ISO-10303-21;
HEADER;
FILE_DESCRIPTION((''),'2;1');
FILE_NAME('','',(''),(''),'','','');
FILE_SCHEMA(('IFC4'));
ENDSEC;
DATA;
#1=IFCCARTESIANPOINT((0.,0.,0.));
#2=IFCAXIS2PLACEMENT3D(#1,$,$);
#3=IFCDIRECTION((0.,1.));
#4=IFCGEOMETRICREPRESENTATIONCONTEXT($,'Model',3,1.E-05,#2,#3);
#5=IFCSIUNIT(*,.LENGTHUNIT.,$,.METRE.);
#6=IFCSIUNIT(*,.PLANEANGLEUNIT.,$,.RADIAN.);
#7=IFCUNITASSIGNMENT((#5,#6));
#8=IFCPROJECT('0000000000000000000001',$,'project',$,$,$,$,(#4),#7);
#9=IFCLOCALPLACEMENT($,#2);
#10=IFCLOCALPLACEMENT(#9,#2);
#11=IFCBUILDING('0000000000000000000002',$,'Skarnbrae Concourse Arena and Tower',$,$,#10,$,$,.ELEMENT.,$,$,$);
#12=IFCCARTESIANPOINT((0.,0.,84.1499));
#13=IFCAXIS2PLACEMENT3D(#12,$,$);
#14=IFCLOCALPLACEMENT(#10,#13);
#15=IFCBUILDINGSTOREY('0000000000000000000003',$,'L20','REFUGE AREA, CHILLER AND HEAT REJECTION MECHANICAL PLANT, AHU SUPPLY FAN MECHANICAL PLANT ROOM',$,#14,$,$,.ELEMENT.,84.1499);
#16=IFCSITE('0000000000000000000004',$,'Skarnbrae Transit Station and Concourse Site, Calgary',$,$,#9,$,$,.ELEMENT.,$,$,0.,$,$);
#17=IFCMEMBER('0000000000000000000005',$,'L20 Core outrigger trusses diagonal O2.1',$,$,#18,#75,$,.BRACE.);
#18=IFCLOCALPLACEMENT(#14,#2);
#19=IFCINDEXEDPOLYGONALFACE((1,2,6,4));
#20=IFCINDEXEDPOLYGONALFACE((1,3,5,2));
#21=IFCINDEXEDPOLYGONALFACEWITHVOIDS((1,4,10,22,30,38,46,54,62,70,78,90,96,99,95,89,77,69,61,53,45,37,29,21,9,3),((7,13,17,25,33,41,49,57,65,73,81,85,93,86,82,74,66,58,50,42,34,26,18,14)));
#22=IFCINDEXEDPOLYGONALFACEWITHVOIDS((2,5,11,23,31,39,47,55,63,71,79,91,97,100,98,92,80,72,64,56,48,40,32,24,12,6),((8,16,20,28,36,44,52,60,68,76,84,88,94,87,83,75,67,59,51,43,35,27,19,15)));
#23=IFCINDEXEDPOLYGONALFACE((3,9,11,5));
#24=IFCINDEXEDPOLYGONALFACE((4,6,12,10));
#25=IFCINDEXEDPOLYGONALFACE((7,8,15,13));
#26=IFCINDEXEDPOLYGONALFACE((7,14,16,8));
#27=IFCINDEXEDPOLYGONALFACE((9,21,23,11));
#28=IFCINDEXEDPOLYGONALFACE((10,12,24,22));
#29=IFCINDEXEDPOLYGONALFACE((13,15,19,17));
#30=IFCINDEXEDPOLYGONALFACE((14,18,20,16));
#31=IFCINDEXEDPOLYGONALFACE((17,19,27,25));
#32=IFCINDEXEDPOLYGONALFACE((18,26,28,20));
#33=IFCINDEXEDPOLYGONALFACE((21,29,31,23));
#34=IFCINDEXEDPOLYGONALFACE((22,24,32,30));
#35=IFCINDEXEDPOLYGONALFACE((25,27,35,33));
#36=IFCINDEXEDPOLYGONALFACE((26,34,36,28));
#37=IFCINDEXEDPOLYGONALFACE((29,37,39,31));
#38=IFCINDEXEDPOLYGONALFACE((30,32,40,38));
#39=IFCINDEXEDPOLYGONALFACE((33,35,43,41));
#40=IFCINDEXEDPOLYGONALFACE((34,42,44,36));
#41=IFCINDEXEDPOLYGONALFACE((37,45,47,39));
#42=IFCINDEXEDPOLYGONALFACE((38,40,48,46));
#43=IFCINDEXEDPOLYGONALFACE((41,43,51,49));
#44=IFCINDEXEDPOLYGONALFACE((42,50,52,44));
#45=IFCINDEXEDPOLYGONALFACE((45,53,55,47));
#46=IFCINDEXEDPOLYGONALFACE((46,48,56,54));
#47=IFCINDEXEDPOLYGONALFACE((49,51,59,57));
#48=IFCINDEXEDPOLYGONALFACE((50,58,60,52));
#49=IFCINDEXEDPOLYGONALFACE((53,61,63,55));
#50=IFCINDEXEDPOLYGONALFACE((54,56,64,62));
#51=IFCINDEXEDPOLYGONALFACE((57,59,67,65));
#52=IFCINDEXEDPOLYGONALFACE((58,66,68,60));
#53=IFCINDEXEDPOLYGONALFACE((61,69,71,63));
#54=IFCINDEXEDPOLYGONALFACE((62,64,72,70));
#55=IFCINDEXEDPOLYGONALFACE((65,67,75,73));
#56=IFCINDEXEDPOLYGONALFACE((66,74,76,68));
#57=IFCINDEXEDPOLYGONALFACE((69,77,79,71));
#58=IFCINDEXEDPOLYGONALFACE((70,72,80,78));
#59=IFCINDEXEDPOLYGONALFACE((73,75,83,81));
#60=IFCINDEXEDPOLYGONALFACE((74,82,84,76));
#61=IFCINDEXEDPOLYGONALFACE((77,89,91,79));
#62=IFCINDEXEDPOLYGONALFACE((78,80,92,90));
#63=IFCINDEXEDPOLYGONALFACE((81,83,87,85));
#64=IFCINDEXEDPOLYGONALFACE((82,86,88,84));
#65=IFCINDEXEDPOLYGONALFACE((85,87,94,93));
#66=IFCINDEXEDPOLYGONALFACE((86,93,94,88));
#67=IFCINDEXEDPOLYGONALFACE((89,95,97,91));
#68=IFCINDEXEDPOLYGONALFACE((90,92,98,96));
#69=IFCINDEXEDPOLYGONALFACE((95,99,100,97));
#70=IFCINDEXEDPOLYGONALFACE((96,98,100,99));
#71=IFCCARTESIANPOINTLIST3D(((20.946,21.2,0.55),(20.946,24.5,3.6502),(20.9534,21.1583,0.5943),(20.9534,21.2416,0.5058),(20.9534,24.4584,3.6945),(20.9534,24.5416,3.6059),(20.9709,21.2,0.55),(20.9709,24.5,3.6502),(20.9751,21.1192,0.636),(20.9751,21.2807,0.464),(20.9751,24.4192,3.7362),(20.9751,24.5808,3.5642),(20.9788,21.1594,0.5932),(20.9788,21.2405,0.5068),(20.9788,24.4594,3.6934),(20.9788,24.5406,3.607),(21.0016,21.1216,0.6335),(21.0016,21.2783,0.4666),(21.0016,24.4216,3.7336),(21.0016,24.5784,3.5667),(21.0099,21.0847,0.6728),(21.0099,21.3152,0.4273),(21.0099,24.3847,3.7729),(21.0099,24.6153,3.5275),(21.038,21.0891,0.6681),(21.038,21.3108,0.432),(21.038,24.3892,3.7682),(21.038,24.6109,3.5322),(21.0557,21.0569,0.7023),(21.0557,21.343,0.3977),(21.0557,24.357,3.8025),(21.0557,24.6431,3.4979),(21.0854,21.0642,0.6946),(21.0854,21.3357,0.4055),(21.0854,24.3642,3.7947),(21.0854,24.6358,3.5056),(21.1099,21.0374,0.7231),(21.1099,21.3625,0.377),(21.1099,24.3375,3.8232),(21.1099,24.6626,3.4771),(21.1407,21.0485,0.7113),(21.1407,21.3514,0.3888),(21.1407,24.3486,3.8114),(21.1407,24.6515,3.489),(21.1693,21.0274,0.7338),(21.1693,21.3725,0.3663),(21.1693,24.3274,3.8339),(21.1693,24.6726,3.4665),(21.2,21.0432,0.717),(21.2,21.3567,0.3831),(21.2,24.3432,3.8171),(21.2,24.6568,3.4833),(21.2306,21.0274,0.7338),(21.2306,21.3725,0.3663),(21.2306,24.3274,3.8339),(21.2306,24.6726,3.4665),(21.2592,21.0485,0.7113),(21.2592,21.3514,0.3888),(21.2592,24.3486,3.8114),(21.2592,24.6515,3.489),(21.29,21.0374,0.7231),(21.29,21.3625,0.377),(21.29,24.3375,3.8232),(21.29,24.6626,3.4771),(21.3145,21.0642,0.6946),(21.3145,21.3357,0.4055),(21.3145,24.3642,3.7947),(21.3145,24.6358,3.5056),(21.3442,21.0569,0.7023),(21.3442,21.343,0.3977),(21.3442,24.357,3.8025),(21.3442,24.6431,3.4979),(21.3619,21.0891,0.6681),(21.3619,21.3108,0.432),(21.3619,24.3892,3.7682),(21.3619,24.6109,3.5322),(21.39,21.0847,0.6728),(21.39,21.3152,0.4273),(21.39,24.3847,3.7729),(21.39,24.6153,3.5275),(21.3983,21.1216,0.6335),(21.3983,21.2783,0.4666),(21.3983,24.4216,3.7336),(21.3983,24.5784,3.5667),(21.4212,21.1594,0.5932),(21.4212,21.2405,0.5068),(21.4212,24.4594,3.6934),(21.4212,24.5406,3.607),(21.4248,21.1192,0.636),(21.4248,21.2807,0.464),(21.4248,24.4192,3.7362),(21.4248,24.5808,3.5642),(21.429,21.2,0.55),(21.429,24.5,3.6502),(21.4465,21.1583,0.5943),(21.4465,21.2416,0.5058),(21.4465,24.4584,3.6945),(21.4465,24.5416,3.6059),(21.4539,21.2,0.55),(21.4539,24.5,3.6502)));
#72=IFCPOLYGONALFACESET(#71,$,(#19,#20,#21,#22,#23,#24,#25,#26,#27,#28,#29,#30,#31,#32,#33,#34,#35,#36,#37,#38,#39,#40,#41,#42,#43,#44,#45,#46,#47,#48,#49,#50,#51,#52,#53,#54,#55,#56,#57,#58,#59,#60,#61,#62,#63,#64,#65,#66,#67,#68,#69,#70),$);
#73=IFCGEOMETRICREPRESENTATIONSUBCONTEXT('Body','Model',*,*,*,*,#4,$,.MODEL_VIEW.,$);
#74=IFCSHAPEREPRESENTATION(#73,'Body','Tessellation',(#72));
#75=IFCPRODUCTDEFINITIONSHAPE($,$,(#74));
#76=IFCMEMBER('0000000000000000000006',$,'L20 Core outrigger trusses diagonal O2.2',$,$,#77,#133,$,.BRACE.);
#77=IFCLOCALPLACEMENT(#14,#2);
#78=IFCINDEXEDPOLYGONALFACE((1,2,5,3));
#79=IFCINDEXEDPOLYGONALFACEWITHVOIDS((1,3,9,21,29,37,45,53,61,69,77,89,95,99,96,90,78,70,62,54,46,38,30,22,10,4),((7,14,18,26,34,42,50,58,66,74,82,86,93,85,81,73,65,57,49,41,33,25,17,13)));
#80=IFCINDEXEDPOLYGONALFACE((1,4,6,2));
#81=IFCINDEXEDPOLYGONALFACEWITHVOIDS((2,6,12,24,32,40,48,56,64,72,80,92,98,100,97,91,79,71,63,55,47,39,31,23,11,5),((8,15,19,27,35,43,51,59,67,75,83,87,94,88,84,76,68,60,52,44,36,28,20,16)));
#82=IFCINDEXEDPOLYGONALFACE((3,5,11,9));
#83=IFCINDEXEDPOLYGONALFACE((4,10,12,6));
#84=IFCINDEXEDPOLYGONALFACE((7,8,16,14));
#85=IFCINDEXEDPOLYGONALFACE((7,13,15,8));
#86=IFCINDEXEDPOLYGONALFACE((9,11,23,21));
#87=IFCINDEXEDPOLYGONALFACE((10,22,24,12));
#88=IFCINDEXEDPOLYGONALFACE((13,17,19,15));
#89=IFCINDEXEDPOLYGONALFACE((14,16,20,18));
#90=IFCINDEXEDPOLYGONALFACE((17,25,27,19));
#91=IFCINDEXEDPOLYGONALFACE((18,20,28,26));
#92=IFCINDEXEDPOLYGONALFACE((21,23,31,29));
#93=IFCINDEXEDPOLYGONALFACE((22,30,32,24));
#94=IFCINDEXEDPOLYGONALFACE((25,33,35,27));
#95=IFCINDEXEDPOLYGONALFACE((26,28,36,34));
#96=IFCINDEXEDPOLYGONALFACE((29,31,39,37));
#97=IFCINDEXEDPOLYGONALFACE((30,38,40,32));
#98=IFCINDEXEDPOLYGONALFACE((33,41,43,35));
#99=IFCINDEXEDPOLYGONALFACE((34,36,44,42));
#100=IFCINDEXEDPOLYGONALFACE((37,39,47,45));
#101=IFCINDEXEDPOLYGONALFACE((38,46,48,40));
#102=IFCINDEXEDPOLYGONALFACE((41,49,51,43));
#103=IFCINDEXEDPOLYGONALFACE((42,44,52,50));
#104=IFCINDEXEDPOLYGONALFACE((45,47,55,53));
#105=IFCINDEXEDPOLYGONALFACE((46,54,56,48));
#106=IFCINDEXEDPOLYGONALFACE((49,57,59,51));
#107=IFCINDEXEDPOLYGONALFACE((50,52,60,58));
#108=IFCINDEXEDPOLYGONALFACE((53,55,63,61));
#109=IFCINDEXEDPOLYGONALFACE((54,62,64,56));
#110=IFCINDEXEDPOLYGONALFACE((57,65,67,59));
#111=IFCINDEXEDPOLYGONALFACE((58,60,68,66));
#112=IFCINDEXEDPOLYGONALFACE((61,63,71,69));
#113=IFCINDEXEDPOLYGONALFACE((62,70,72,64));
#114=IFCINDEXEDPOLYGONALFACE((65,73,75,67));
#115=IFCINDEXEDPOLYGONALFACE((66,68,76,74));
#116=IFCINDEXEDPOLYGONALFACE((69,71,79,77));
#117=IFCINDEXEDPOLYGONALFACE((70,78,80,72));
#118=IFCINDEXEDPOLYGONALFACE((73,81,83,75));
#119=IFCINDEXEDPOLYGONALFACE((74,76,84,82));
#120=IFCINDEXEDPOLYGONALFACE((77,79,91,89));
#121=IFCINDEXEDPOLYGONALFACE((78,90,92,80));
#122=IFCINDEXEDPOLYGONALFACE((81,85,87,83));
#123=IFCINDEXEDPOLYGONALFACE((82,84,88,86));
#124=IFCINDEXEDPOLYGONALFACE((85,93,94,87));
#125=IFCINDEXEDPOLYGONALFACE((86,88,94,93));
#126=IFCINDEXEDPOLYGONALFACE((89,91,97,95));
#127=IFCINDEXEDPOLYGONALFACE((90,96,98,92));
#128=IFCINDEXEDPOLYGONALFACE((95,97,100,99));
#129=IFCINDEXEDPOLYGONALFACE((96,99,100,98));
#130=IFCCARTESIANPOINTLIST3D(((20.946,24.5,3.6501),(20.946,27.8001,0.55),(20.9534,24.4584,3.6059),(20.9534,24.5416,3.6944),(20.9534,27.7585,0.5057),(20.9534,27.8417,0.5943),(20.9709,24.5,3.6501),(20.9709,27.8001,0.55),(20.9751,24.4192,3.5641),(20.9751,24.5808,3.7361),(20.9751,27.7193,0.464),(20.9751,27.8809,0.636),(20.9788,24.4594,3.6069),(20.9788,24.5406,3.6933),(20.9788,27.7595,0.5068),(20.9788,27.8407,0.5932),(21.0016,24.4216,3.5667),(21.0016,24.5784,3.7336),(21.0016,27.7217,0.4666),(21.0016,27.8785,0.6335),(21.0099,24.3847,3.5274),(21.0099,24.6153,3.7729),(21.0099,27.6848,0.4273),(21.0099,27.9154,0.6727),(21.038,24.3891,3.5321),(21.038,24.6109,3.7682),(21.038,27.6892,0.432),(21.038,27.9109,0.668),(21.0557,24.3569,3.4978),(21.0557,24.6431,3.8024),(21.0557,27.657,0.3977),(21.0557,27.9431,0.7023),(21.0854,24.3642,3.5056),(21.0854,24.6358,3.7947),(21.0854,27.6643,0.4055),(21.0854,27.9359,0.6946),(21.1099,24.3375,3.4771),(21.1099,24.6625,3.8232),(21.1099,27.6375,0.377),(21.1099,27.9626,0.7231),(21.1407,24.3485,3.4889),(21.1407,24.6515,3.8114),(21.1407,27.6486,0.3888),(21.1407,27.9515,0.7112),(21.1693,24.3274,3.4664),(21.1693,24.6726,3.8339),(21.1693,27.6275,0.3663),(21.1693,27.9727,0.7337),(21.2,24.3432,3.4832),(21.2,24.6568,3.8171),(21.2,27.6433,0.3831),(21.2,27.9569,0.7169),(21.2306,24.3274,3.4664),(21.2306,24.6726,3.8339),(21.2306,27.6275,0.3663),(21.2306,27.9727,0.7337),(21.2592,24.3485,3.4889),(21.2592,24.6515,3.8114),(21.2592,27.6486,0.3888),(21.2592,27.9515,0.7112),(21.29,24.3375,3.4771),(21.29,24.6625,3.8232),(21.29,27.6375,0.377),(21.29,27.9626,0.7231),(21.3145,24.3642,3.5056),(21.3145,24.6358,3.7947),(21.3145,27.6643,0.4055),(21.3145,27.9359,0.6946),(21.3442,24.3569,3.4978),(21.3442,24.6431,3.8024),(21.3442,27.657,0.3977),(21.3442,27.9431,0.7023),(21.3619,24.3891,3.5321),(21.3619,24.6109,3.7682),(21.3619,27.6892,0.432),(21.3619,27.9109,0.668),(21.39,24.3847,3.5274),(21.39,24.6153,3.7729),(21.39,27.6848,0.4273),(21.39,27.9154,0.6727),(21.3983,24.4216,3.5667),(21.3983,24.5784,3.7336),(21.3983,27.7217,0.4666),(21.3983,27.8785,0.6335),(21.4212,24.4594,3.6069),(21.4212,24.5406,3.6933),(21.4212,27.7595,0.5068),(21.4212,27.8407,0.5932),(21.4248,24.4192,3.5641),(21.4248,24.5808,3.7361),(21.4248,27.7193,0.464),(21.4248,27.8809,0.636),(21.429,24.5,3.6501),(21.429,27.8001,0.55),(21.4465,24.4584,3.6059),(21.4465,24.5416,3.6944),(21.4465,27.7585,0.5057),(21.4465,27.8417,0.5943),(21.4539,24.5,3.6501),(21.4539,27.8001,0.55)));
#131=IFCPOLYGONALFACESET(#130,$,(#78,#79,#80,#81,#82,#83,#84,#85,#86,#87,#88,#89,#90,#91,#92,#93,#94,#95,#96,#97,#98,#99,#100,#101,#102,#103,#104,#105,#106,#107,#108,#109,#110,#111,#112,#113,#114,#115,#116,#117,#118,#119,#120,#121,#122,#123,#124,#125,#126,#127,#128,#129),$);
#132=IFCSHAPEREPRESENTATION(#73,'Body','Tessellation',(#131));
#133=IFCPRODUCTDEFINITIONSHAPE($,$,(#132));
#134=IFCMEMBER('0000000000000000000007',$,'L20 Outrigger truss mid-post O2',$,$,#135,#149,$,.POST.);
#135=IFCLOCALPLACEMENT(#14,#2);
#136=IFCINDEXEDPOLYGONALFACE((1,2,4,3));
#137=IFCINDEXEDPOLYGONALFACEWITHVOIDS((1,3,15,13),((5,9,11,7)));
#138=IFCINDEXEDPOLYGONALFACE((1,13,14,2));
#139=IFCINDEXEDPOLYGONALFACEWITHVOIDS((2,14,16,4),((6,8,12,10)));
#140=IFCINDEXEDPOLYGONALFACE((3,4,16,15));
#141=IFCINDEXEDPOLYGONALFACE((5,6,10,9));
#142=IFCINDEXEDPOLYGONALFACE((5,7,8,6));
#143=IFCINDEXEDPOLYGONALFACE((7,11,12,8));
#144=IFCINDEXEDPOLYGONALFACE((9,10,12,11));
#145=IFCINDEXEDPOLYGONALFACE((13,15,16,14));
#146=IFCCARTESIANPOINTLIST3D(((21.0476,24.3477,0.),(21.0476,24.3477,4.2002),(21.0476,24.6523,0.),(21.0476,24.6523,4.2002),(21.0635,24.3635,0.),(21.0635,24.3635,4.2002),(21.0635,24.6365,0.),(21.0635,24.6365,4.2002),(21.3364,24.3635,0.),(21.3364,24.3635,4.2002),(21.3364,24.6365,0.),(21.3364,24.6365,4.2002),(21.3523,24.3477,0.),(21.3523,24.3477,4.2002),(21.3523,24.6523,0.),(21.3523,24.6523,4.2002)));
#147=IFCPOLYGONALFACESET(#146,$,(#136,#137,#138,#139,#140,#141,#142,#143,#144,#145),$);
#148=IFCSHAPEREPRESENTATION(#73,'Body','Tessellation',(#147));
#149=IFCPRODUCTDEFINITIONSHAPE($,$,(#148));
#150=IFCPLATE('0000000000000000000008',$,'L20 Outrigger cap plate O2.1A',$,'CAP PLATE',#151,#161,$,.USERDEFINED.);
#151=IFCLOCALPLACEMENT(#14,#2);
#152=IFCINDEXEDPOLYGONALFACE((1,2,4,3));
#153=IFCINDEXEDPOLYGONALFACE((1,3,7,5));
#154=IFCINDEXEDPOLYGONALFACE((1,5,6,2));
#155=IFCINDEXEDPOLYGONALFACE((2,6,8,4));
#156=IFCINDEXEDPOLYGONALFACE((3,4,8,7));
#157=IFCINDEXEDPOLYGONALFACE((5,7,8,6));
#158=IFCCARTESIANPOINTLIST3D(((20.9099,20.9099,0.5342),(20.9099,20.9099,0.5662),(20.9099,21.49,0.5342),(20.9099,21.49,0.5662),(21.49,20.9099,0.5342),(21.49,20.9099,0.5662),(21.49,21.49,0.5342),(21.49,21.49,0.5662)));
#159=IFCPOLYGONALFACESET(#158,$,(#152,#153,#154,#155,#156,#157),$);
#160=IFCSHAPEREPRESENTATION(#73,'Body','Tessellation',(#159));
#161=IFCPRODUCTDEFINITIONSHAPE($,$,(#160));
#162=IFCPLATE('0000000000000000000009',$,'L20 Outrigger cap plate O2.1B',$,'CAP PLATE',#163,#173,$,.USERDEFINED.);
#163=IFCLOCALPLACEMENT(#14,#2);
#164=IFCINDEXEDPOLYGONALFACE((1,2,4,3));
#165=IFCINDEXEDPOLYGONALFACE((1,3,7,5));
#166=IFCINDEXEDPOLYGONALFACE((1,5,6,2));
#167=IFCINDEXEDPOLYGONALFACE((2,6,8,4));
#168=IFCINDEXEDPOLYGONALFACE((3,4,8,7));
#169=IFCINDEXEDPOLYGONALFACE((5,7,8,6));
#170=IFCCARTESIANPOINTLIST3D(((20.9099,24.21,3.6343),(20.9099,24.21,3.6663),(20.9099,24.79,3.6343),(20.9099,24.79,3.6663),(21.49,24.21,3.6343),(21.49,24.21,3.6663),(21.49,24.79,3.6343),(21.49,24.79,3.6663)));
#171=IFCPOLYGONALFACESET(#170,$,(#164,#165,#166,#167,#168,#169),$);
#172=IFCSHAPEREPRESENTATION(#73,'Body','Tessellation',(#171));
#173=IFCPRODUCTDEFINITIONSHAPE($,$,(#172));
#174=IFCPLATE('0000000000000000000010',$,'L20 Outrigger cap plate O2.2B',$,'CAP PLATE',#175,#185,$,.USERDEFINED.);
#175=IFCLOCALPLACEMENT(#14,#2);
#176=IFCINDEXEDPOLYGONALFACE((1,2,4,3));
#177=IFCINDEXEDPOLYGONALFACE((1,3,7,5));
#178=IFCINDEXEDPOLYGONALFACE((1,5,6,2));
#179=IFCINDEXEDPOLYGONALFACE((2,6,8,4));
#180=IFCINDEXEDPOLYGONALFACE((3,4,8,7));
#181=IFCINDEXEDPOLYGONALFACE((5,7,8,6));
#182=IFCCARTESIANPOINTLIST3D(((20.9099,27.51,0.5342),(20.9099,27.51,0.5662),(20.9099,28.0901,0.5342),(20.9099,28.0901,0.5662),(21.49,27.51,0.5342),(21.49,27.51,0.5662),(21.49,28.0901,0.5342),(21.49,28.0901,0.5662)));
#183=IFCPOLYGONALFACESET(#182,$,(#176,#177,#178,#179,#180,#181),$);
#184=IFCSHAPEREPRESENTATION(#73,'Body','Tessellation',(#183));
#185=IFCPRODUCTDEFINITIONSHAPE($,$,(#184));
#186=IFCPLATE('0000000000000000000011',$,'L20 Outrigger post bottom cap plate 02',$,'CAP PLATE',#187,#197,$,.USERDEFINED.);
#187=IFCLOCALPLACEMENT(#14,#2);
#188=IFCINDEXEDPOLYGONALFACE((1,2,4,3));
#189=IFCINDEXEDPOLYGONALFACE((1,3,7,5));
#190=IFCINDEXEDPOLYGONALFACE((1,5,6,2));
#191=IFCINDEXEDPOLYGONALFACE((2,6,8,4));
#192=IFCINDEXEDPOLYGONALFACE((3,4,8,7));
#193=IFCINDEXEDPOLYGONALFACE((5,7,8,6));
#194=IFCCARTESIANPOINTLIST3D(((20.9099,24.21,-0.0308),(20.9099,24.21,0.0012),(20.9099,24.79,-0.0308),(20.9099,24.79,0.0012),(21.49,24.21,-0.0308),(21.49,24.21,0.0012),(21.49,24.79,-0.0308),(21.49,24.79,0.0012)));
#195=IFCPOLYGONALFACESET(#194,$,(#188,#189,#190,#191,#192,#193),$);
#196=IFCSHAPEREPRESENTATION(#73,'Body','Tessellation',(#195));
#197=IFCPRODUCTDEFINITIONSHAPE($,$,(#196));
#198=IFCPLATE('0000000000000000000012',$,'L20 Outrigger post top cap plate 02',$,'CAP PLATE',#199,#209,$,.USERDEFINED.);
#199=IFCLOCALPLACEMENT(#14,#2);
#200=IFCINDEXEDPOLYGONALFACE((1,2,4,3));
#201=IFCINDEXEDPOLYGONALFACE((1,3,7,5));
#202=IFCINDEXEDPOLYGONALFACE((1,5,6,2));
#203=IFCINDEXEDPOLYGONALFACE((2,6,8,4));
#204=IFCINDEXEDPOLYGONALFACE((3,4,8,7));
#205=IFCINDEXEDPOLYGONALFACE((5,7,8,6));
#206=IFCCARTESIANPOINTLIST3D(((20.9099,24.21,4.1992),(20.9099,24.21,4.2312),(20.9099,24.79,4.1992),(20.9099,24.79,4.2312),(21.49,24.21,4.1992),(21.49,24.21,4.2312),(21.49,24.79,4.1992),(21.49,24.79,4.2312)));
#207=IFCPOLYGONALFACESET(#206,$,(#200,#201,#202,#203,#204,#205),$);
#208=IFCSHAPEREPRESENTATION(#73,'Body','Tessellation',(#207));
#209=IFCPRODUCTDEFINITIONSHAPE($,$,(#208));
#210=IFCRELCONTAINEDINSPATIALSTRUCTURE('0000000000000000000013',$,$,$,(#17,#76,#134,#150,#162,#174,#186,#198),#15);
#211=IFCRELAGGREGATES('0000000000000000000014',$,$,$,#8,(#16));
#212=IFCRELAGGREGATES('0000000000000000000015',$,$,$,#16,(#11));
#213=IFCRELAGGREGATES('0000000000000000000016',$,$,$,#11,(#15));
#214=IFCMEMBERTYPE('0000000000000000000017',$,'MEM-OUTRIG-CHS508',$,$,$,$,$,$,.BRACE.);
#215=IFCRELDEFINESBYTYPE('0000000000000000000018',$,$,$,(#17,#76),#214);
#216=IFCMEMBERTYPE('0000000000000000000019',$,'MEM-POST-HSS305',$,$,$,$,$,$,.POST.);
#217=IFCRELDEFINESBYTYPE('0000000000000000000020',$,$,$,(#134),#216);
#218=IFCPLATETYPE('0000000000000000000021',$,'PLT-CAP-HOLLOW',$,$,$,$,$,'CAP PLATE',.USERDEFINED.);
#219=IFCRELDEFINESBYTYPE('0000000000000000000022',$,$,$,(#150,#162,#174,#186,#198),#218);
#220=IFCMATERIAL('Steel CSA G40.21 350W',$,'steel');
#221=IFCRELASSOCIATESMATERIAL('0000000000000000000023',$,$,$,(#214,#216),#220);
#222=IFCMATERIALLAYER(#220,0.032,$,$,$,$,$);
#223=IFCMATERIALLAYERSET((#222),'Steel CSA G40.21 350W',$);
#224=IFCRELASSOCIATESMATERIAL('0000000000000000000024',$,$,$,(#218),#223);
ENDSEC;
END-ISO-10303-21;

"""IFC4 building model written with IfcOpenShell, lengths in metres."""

from ifc_helpers import new_model, si_unit, direction, frame, origin, origin_2d, place, context, subcontext, project, spatial, rectangle, hollow_rectangle, hollow_circle, extrude, source, transform, mapped, material, layer, layer_set, material_profile, profile_set, type_object, element, save


model = new_model("IFC4")

# Units and contexts
model_context = context("Model", 3, precision=1e-05, world=origin(), true_north=direction((0.0, 1.0)))
body_context = subcontext(model_context, "Body", "Model", "MODEL_VIEW")
ifc_project = project(units=[si_unit("LENGTHUNIT", "METRE"), si_unit("PLANEANGLEUNIT", "RADIAN")], contexts=[model_context])

# Site, building, storey
site_placement = place(None, origin())
site = spatial("IfcSite", under=ifc_project, at=site_placement, Name="Skarnbrae Transit Station and Concourse Site, Calgary", CompositionType="ELEMENT", RefElevation=0.0)
building_placement = place(site_placement, origin())
building = spatial("IfcBuilding", under=site, at=building_placement, Name="Skarnbrae Concourse Arena and Tower", CompositionType="ELEMENT")
storey_placement = place(building_placement, frame((0.0, 0.0, 84.1499)))
storey = spatial("IfcBuildingStorey", under=building, at=storey_placement, Name="L20", Description="REFUGE AREA, CHILLER AND HEAT REJECTION MECHANICAL PLANT, AHU SUPPLY FAN MECHANICAL PLANT ROOM", CompositionType="ELEMENT", Elevation=84.1499)

# Shared definitions
ifc_material = material(Name="Steel CSA G40.21 350W", Category="steel")

# Members
ifc_material_profile_1 = material_profile(ifc_material, hollow_circle(Radius=0.2539, WallThickness=0.0249, at=origin_2d()), Name="HSS508X25.0")
ifc_profile_set_1 = profile_set([ifc_material_profile_1], Name="Steel CSA G40.21 350W")
member_type_1 = type_object("IfcMemberType", Name="MEM-OUTRIG-CHS508", PredefinedType="BRACE", material=ifc_profile_set_1)
shared_shape_1 = source(origin(), body_context, "Body", "SweptSolid", [
    extrude(hollow_circle(Radius=0.2539, WallThickness=0.0249, at=origin_2d()), origin(), (0.0, 0.0, 1.0), 4.5278),
])
for number, where, z_axis, x_axis, name in (
    (1, (21.2, 21.2, 0.55), (0.0, 0.728842, 0.684682), (-1.0, 0.0, 0.0), "L20 Core outrigger trusses diagonal O2.1"),
    (2, (21.2, 24.5, 3.6501), (0.0, 0.728842, -0.684682), (-1.0, 0.0, 0.0), "L20 Core outrigger trusses diagonal O2.2"),
):
    element("IfcMember", number, at=place(storey_placement, frame(where, z_axis=z_axis, x_axis=x_axis)), inside=storey, type_object=member_type_1, Name=name, PredefinedType="BRACE", context=body_context, shape_type="MappedRepresentation", body=[
        mapped(shared_shape_1, transform((0.0, 0.0, 0.0))),
    ])
ifc_material_profile_2 = material_profile(ifc_material, hollow_rectangle(XDim=0.3047, YDim=0.3047, WallThickness=0.0159, at=origin_2d()), Name="HSS305X305X15.9")
ifc_profile_set_2 = profile_set([ifc_material_profile_2], Name="Steel CSA G40.21 350W")
member_type_2 = type_object("IfcMemberType", Name="MEM-POST-HSS305", PredefinedType="POST", material=ifc_profile_set_2)
shared_shape_2 = source(origin(), body_context, "Body", "SweptSolid", [
    extrude(hollow_rectangle(XDim=0.3047, YDim=0.3047, WallThickness=0.0159, at=origin_2d()), origin(), (0.0, 0.0, 1.0), 4.2002),
])
member_placement = place(storey_placement, frame((21.2, 24.5, 0.0), z_axis=(0.0, 0.0, 1.0), x_axis=(1.0, 0.0, 0.0)))
element("IfcMember", 3, at=member_placement, inside=storey, type_object=member_type_2, Name="L20 Outrigger truss mid-post O2", PredefinedType="POST", context=body_context, shape_type="MappedRepresentation", body=[
    mapped(shared_shape_2, transform((0.0, 0.0, 0.0))),
])

# Plates
ifc_layer_1 = layer(ifc_material, 0.032)
ifc_layer_set_1 = layer_set([ifc_layer_1], Name="Steel CSA G40.21 350W")
plate_type_1 = type_object("IfcPlateType", Name="PLT-CAP-HOLLOW", ElementType="CAP PLATE", PredefinedType="USERDEFINED", material=ifc_layer_set_1)
shared_shape_3 = source(origin(), body_context, "Body", "SweptSolid", [
    extrude(rectangle(XDim=0.5801, YDim=0.5801, at=origin_2d()), origin(), (0.0, 0.0, 1.0), 0.032),
])
for number, where, z_axis, x_axis, name in (
    (4, (21.2, 21.2, 0.5342), (0.0, 0.0, 1.0), (1.0, 0.0, 0.0), "L20 Outrigger cap plate O2.1A"),
    (5, (21.2, 24.5, 3.6343), (0.0, 0.0, 1.0), (1.0, 0.0, 0.0), "L20 Outrigger cap plate O2.1B"),
    (6, (21.2, 27.8, 0.5342), (0.0, 0.0, 1.0), (1.0, 0.0, 0.0), "L20 Outrigger cap plate O2.2B"),
    (7, (21.2, 24.5, -0.0308), (0.0, 0.0, 1.0), (1.0, 0.0, 0.0), "L20 Outrigger post bottom cap plate 02"),
    (8, (21.2, 24.5, 4.1992), (0.0, 0.0, 1.0), (1.0, 0.0, 0.0), "L20 Outrigger post top cap plate 02"),
):
    element("IfcPlate", number, at=place(storey_placement, frame(where, z_axis=z_axis, x_axis=x_axis)), inside=storey, type_object=plate_type_1, Name=name, ObjectType="CAP PLATE", PredefinedType="USERDEFINED", context=body_context, shape_type="MappedRepresentation", body=[
        mapped(shared_shape_3, transform((0.0, 0.0, 0.0))),
    ])

save(model, "model.ifc")
